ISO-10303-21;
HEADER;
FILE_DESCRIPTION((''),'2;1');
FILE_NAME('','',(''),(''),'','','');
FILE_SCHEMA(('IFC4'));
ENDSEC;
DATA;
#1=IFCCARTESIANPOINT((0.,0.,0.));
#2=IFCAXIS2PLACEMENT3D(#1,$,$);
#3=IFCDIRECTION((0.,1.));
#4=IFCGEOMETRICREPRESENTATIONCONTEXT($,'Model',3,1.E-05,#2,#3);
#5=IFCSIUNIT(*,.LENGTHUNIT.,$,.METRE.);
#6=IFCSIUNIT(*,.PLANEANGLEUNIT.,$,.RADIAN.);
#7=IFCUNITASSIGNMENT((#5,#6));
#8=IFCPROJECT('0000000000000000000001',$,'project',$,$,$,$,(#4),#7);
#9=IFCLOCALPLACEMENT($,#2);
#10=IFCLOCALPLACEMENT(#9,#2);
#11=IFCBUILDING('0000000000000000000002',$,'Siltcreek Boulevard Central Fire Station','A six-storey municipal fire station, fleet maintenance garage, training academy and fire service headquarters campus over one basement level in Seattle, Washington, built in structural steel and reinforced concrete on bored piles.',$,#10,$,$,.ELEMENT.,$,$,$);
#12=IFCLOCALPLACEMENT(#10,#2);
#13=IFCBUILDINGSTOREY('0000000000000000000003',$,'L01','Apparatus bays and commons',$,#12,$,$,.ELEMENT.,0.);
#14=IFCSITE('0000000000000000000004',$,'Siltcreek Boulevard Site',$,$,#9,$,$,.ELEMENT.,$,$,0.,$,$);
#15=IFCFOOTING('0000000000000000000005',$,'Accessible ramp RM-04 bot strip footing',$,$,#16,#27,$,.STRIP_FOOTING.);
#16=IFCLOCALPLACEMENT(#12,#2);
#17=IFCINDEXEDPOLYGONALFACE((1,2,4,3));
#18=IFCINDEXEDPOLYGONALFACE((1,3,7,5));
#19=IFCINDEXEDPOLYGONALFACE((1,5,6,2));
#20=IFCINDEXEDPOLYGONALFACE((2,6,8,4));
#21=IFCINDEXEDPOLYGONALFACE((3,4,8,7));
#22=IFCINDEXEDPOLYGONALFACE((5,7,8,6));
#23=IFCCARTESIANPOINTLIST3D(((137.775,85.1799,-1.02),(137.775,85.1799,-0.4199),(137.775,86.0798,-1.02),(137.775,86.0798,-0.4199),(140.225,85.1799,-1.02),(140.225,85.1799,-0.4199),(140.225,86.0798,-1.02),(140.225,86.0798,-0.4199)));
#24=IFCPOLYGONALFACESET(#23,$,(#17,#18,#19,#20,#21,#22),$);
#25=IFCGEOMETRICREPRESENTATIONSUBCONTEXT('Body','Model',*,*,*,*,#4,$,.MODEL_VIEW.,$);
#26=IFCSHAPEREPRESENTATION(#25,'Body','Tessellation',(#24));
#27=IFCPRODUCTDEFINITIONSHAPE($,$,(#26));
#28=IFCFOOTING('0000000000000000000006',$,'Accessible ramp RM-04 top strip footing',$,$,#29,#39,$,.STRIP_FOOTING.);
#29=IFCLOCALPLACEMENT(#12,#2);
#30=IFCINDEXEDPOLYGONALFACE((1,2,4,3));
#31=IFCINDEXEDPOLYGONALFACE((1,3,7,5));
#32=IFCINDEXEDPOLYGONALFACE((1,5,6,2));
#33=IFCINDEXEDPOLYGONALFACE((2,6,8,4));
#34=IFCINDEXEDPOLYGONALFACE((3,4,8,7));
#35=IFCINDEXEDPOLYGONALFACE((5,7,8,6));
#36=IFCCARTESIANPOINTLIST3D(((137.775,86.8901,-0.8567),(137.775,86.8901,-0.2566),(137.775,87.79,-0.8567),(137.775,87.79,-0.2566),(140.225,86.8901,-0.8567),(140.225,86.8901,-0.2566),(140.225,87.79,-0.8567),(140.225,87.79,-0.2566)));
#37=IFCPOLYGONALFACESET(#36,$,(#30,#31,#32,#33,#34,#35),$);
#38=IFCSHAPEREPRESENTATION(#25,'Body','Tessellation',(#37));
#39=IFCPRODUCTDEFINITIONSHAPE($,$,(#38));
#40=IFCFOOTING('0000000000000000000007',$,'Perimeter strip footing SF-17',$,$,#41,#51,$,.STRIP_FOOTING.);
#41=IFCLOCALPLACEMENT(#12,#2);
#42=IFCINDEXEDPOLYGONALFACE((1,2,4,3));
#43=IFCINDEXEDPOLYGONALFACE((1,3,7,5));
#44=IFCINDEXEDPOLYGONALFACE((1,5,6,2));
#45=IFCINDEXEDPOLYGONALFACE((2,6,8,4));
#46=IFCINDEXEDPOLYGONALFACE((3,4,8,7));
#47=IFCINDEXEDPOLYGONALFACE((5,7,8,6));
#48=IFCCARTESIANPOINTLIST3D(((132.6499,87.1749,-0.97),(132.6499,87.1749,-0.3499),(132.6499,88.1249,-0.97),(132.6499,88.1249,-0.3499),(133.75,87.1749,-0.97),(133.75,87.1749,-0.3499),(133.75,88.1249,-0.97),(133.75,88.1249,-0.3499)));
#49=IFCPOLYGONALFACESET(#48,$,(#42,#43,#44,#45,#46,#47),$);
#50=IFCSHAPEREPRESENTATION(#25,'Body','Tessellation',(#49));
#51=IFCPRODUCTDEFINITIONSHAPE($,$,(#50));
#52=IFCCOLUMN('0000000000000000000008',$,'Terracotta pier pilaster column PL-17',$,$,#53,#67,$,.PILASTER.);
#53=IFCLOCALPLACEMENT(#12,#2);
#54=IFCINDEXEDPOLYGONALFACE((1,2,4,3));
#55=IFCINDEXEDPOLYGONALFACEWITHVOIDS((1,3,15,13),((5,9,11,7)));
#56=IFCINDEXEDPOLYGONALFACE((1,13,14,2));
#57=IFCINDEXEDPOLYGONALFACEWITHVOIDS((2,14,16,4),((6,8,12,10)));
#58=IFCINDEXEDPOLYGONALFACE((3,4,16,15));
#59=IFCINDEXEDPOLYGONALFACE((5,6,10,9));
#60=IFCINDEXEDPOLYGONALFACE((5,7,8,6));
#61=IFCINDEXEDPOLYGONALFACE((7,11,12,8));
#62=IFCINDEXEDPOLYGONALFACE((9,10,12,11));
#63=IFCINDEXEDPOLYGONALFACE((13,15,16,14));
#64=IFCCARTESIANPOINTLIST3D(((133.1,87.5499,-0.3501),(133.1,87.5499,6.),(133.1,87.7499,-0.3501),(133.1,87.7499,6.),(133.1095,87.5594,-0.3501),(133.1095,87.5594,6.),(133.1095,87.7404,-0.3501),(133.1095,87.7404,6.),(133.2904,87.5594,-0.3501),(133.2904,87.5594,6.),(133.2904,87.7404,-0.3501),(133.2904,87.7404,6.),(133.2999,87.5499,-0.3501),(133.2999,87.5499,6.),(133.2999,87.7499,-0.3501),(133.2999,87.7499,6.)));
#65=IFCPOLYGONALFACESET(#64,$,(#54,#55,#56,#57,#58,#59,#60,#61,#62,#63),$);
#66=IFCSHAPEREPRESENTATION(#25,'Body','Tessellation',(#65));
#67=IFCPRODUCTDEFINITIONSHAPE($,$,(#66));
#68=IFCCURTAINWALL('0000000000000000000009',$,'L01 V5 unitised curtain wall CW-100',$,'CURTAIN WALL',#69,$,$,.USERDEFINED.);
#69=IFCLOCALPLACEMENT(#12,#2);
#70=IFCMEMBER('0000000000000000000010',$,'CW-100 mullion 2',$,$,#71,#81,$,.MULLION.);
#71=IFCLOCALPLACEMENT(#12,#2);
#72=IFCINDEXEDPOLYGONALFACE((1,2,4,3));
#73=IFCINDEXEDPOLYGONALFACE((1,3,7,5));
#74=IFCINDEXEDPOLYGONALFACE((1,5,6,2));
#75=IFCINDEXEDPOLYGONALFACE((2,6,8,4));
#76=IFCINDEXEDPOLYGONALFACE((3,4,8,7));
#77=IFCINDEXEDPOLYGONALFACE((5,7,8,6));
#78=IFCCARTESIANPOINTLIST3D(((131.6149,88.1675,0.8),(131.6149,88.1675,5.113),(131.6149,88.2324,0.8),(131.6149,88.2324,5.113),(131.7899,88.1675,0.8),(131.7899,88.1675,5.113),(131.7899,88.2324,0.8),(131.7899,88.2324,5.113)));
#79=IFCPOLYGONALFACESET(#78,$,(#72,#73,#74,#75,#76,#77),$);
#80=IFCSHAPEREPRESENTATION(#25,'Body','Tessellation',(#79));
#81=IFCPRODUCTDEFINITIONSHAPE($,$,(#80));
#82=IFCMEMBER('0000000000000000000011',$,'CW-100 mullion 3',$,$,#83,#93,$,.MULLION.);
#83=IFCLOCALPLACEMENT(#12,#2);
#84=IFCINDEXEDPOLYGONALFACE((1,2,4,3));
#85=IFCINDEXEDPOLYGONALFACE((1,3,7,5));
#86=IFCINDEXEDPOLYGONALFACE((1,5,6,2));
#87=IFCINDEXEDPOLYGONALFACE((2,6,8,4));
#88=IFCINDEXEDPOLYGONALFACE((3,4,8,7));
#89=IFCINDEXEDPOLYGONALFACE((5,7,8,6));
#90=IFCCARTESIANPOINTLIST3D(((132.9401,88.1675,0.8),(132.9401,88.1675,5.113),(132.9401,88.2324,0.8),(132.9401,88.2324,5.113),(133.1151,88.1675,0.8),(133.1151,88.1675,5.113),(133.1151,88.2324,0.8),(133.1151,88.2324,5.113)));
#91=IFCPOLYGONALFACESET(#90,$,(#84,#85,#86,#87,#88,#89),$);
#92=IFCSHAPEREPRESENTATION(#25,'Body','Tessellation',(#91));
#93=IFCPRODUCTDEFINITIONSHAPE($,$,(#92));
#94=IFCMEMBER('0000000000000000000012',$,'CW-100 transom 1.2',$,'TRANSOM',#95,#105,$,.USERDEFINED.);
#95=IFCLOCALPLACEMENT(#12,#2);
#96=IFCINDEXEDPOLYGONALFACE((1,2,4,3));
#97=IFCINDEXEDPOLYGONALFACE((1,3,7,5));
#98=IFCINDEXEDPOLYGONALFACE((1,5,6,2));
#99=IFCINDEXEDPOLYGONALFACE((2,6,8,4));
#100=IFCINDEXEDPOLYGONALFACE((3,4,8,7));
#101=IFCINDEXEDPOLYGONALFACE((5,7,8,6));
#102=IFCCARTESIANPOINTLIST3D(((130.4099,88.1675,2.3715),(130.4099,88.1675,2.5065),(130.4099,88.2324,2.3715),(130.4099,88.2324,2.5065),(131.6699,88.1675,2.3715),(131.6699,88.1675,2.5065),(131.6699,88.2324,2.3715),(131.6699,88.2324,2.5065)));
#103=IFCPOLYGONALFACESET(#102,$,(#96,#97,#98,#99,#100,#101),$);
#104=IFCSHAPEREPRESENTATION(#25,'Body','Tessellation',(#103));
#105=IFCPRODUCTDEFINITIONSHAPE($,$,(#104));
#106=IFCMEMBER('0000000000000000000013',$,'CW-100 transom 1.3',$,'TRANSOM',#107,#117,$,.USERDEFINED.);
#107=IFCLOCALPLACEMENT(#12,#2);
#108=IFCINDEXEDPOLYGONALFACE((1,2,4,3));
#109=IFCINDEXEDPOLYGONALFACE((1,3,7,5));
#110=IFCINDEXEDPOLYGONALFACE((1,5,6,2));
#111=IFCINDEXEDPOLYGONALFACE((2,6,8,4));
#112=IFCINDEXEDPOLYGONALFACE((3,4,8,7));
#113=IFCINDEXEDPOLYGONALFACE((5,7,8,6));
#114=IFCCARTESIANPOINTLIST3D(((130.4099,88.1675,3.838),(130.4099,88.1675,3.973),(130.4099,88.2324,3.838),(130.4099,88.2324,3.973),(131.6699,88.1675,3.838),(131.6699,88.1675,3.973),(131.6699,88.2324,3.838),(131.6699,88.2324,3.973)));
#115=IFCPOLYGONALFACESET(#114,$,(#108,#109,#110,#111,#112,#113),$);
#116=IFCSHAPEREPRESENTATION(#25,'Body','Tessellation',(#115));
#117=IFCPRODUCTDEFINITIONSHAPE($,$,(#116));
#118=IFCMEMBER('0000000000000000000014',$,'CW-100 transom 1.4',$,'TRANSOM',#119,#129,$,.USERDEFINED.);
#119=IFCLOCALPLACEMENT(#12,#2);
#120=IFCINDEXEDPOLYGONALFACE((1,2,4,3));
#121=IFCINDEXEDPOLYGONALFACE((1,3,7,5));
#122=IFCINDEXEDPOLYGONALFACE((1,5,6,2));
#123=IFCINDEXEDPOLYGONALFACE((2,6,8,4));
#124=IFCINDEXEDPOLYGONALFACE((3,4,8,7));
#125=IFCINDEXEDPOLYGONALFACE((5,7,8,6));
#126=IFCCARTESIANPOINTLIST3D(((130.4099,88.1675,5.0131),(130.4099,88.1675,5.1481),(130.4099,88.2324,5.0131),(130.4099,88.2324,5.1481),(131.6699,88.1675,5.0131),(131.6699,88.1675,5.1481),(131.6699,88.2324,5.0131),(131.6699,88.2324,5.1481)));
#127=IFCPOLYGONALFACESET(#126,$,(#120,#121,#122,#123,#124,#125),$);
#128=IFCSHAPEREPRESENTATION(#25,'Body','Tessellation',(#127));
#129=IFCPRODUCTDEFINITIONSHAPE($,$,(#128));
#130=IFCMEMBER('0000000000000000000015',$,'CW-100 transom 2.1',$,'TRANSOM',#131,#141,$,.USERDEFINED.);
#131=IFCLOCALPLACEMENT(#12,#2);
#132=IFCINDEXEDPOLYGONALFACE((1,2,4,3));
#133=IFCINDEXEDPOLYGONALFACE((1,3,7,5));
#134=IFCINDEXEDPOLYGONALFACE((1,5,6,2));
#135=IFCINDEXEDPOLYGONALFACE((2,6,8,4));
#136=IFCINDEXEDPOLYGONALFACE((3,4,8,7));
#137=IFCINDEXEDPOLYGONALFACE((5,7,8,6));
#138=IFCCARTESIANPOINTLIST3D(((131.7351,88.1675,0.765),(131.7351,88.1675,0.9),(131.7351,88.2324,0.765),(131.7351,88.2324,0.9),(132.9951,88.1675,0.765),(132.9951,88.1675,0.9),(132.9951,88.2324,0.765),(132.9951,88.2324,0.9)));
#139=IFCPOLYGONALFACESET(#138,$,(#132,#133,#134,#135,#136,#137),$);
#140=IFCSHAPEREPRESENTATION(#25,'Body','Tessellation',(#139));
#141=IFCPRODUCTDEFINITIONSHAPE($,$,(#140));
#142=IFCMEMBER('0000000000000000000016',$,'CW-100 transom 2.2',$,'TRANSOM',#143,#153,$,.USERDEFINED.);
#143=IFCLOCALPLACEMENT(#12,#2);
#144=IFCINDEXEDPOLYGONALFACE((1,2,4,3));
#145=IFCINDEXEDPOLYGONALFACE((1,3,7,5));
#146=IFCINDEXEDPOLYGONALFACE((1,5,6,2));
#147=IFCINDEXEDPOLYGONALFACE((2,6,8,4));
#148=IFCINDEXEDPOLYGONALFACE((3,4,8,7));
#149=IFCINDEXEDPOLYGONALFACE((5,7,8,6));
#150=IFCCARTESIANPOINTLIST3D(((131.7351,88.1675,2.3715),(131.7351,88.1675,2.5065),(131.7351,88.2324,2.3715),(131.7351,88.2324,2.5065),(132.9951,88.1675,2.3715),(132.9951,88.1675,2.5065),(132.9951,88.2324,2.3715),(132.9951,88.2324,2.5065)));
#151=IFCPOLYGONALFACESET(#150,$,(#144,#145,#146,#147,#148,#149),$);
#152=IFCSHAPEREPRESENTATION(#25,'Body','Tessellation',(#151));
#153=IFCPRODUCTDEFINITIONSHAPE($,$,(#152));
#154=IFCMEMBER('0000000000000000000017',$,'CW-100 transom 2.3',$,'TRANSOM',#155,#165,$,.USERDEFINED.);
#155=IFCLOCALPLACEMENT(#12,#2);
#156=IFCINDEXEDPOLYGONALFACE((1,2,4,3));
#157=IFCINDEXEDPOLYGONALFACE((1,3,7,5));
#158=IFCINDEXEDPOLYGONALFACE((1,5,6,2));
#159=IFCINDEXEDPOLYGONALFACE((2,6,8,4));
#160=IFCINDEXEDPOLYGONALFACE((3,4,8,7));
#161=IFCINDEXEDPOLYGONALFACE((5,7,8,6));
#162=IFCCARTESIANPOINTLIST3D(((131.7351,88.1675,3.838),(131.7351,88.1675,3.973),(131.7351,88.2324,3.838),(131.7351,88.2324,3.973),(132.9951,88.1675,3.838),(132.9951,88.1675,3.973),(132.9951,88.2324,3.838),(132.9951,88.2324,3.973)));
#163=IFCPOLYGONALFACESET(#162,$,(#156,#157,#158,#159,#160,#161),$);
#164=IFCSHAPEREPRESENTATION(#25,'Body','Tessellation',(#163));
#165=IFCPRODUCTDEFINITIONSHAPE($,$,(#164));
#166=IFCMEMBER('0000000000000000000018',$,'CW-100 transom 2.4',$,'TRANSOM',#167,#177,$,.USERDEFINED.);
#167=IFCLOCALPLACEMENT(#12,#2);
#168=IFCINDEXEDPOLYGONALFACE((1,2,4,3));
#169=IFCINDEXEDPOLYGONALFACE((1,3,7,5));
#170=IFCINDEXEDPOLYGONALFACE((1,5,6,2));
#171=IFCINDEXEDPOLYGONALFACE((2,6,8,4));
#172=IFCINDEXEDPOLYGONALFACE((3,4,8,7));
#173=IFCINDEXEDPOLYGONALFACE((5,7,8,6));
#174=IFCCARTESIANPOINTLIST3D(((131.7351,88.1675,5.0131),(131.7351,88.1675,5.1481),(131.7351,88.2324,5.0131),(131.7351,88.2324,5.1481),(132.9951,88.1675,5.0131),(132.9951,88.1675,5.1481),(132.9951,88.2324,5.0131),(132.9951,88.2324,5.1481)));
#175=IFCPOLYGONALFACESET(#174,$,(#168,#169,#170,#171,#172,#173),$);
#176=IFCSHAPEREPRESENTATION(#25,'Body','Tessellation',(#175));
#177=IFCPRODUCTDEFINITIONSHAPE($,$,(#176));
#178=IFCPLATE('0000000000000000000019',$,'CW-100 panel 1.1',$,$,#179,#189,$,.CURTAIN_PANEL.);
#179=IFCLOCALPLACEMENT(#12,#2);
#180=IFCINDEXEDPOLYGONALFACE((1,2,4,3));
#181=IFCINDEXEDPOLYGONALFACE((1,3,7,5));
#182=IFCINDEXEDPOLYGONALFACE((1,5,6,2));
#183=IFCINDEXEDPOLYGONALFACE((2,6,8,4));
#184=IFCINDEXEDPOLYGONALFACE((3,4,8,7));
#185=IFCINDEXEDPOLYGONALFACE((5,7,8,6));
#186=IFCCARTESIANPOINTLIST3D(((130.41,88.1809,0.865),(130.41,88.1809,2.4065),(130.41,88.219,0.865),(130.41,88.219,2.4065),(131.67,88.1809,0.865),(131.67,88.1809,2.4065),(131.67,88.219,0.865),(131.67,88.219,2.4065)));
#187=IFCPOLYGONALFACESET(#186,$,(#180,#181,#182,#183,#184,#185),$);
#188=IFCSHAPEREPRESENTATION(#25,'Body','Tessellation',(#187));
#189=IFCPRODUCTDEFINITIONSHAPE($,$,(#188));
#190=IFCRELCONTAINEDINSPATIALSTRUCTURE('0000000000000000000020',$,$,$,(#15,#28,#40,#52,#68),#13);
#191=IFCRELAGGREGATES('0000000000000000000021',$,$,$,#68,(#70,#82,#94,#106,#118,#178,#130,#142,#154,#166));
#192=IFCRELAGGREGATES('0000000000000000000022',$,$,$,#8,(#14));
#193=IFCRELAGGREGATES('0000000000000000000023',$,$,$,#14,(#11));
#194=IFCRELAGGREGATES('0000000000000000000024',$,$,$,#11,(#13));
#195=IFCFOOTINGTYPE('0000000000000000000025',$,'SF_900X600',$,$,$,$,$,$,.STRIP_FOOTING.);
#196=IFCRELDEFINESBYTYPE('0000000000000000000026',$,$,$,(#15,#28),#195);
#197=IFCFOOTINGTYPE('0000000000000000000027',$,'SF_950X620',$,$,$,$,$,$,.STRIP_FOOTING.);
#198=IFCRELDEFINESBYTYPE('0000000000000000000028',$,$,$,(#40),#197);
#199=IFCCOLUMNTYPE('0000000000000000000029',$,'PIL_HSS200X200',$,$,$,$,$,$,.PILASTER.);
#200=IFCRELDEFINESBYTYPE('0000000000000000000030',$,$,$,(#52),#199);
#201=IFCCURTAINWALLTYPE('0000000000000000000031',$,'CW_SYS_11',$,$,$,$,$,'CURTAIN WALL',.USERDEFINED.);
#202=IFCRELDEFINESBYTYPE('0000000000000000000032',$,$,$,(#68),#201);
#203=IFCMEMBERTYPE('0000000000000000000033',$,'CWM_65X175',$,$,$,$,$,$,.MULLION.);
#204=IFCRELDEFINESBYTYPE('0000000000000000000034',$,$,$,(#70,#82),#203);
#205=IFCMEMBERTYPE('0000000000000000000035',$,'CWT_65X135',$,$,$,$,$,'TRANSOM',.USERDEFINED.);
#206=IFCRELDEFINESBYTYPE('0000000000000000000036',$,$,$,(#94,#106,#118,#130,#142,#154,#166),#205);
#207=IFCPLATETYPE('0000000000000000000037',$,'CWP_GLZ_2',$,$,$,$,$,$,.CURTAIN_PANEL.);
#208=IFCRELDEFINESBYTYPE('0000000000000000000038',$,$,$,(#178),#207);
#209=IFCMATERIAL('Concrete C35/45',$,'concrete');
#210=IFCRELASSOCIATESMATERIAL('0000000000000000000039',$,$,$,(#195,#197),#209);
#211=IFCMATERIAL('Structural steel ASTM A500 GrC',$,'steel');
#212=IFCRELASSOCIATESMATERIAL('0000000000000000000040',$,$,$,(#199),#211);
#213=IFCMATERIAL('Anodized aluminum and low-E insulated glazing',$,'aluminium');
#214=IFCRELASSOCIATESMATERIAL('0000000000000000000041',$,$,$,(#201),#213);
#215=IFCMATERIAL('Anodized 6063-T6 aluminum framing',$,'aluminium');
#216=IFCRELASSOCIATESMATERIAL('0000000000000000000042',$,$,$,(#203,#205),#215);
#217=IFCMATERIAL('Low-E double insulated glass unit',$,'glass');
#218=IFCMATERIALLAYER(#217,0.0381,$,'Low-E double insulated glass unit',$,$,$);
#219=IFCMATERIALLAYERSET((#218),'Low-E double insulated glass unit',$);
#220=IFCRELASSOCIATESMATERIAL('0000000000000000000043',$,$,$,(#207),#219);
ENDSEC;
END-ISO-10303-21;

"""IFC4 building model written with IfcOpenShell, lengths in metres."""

from ifc_helpers import new_model, si_unit, direction, frame, origin, origin_2d, place, context, subcontext, project, spatial, rectangle, hollow_rectangle, extrude, material, layer, layer_set, material_profile, profile_set, type_object, element, aggregate, save


model = new_model("IFC4")

# Units and contexts
model_context = context("Model", 3, precision=1e-05, world=origin(), true_north=direction((0.0, 1.0)))
body_context = subcontext(model_context, "Body", "Model", "MODEL_VIEW")
ifc_project = project(units=[si_unit("LENGTHUNIT", "METRE"), si_unit("PLANEANGLEUNIT", "RADIAN")], contexts=[model_context])

# Site, building, storey
site_placement = place(None, origin())
site = spatial("IfcSite", under=ifc_project, at=site_placement, Name="Siltcreek Boulevard Site", CompositionType="ELEMENT", RefElevation=0.0)
building_placement = place(site_placement, origin())
building = spatial("IfcBuilding", under=site, at=building_placement, Name="Siltcreek Boulevard Central Fire Station", Description="A six-storey municipal fire station, fleet maintenance garage, training academy and fire service headquarters campus over one basement level in Seattle, Washington, built in structural steel and reinforced concrete on bored piles.", CompositionType="ELEMENT")
storey_placement = place(building_placement, origin())
storey = spatial("IfcBuildingStorey", under=building, at=storey_placement, Name="L01", Description="Apparatus bays and commons", CompositionType="ELEMENT", Elevation=0.0)

# Footings
ifc_material_1 = material(Name="Concrete C35/45", Category="concrete")
footing_type_1 = type_object("IfcFootingType", Name="SF_900X600", PredefinedType="STRIP_FOOTING", material=ifc_material_1)
for number, where, z_axis, x_axis, name in (
    (1, (139.0, 85.6299, -1.02), (0.0, 0.0, 1.0), (0.0, 1.0, 0.0), "Accessible ramp RM-04 bot strip footing"),
    (2, (139.0, 87.3401, -0.8567), (0.0, 0.0, 1.0), (0.0, 1.0, 0.0), "Accessible ramp RM-04 top strip footing"),
):
    element("IfcFooting", number, at=place(storey_placement, frame(where, z_axis=z_axis, x_axis=x_axis)), inside=storey, type_object=footing_type_1, Name=name, PredefinedType="STRIP_FOOTING", context=body_context, shape_type="SweptSolid", body=[
        extrude(rectangle(XDim=0.8999, YDim=2.45, at=origin_2d()), origin(), (0.0, 0.0, 1.0), 0.6001),
    ])
footing_type_2 = type_object("IfcFootingType", Name="SF_950X620", PredefinedType="STRIP_FOOTING", material=ifc_material_1)
footing_placement = place(storey_placement, frame((133.2, 87.6499, -0.97), z_axis=(0.0, 0.0, 1.0), x_axis=(1.0, 0.0, 0.0)))
element("IfcFooting", 3, at=footing_placement, inside=storey, type_object=footing_type_2, Name="Perimeter strip footing SF-17", PredefinedType="STRIP_FOOTING", context=body_context, shape_type="SweptSolid", body=[
    extrude(rectangle(XDim=1.1001, YDim=0.95, at=origin_2d()), origin(), (0.0, 0.0, 1.0), 0.6201),
])

# Column
ifc_material_2 = material(Name="Structural steel ASTM A500 GrC", Category="steel")
ifc_material_profile_1 = material_profile(ifc_material_2, hollow_rectangle(XDim=0.2, YDim=0.2, WallThickness=0.0095, at=origin_2d()), Name="HSS200X200X9.5")
ifc_profile_set_1 = profile_set([ifc_material_profile_1], Name="Structural steel ASTM A500 GrC")
column_type = type_object("IfcColumnType", Name="PIL_HSS200X200", PredefinedType="PILASTER", material=ifc_profile_set_1)
column_placement = place(storey_placement, frame((133.2, 87.6499, -0.3501), z_axis=(0.0, 0.0, 1.0), x_axis=(1.0, 0.0, 0.0)))
element("IfcColumn", 4, at=column_placement, inside=storey, type_object=column_type, Name="Terracotta pier pilaster column PL-17", PredefinedType="PILASTER", context=body_context, shape_type="SweptSolid", body=[
    extrude(hollow_rectangle(XDim=0.2, YDim=0.2, WallThickness=0.0095, at=origin_2d()), origin(), (0.0, 0.0, 1.0), 6.3501),
])

# Curtain wall, members, plate
ifc_material_3 = material(Name="Anodized aluminum and low-E insulated glazing", Category="aluminium")
curtain_wall_type = type_object("IfcCurtainWallType", Name="CW_SYS_11", ElementType="CURTAIN WALL", PredefinedType="USERDEFINED", material=ifc_material_3)
curtain_wall_placement = place(storey_placement, origin())
curtain_wall = element("IfcCurtainWall", 5, at=curtain_wall_placement, inside=storey, type_object=curtain_wall_type, Name="L01 V5 unitised curtain wall CW-100", ObjectType="CURTAIN WALL", PredefinedType="USERDEFINED")
ifc_material_4 = material(Name="Anodized 6063-T6 aluminum framing", Category="aluminium")
ifc_material_profile_2 = material_profile(ifc_material_4, rectangle(XDim=0.0649, YDim=0.175, at=origin_2d()), Name="MULL65X175")
ifc_profile_set_2 = profile_set([ifc_material_profile_2], Name="Anodized 6063-T6 aluminum framing")
member_type_1 = type_object("IfcMemberType", Name="CWM_65X175", PredefinedType="MULLION", material=ifc_profile_set_2)
member_1_placement = place(storey_placement, frame((131.7024, 88.2, 0.8), z_axis=(0.0, 0.0, 1.0), x_axis=(0.0, 1.0, 0.0)))
member_1 = element("IfcMember", 6, at=member_1_placement, type_object=member_type_1, Name="CW-100 mullion 2", PredefinedType="MULLION", context=body_context, shape_type="SweptSolid", body=[
    extrude(rectangle(XDim=0.0649, YDim=0.175, at=origin_2d()), origin(), (0.0, 0.0, 1.0), 4.313),
])
member_2_placement = place(storey_placement, frame((133.0276, 88.2, 0.8), z_axis=(0.0, 0.0, 1.0), x_axis=(0.0, 1.0, 0.0)))
member_2 = element("IfcMember", 7, at=member_2_placement, type_object=member_type_1, Name="CW-100 mullion 3", PredefinedType="MULLION", context=body_context, shape_type="SweptSolid", body=[
    extrude(rectangle(XDim=0.0649, YDim=0.175, at=origin_2d()), origin(), (0.0, 0.0, 1.0), 4.313),
])
ifc_material_profile_3 = material_profile(ifc_material_4, rectangle(XDim=0.0649, YDim=0.135, at=origin_2d()), Name="TRAN65X135")
ifc_profile_set_3 = profile_set([ifc_material_profile_3], Name="Anodized 6063-T6 aluminum framing")
member_type_2 = type_object("IfcMemberType", Name="CWT_65X135", ElementType="TRANSOM", PredefinedType="USERDEFINED", material=ifc_profile_set_3)
member_3_placement = place(storey_placement, frame((130.4099, 88.2, 2.439), z_axis=(1.0, 0.0, 0.0), x_axis=(0.0, 1.0, 0.0)))
member_3 = element("IfcMember", 8, at=member_3_placement, type_object=member_type_2, Name="CW-100 transom 1.2", ObjectType="TRANSOM", PredefinedType="USERDEFINED", context=body_context, shape_type="SweptSolid", body=[
    extrude(rectangle(XDim=0.0649, YDim=0.135, at=origin_2d()), origin(), (0.0, 0.0, 1.0), 1.26),
])
member_4_placement = place(storey_placement, frame((130.4099, 88.2, 3.9055), z_axis=(1.0, 0.0, 0.0), x_axis=(0.0, 1.0, 0.0)))
member_4 = element("IfcMember", 9, at=member_4_placement, type_object=member_type_2, Name="CW-100 transom 1.3", ObjectType="TRANSOM", PredefinedType="USERDEFINED", context=body_context, shape_type="SweptSolid", body=[
    extrude(rectangle(XDim=0.0649, YDim=0.135, at=origin_2d()), origin(), (0.0, 0.0, 1.0), 1.26),
])
member_5_placement = place(storey_placement, frame((130.4099, 88.2, 5.0806), z_axis=(1.0, 0.0, 0.0), x_axis=(0.0, 1.0, 0.0)))
member_5 = element("IfcMember", 10, at=member_5_placement, type_object=member_type_2, Name="CW-100 transom 1.4", ObjectType="TRANSOM", PredefinedType="USERDEFINED", context=body_context, shape_type="SweptSolid", body=[
    extrude(rectangle(XDim=0.0649, YDim=0.135, at=origin_2d()), origin(), (0.0, 0.0, 1.0), 1.26),
])
member_6_placement = place(storey_placement, frame((131.7351, 88.2, 0.8325), z_axis=(1.0, 0.0, 0.0), x_axis=(0.0, 1.0, 0.0)))
member_6 = element("IfcMember", 11, at=member_6_placement, type_object=member_type_2, Name="CW-100 transom 2.1", ObjectType="TRANSOM", PredefinedType="USERDEFINED", context=body_context, shape_type="SweptSolid", body=[
    extrude(rectangle(XDim=0.0649, YDim=0.135, at=origin_2d()), origin(), (0.0, 0.0, 1.0), 1.26),
])
member_7_placement = place(storey_placement, frame((131.7351, 88.2, 2.439), z_axis=(1.0, 0.0, 0.0), x_axis=(0.0, 1.0, 0.0)))
member_7 = element("IfcMember", 12, at=member_7_placement, type_object=member_type_2, Name="CW-100 transom 2.2", ObjectType="TRANSOM", PredefinedType="USERDEFINED", context=body_context, shape_type="SweptSolid", body=[
    extrude(rectangle(XDim=0.0649, YDim=0.135, at=origin_2d()), origin(), (0.0, 0.0, 1.0), 1.26),
])
member_8_placement = place(storey_placement, frame((131.7351, 88.2, 3.9055), z_axis=(1.0, 0.0, 0.0), x_axis=(0.0, 1.0, 0.0)))
member_8 = element("IfcMember", 13, at=member_8_placement, type_object=member_type_2, Name="CW-100 transom 2.3", ObjectType="TRANSOM", PredefinedType="USERDEFINED", context=body_context, shape_type="SweptSolid", body=[
    extrude(rectangle(XDim=0.0649, YDim=0.135, at=origin_2d()), origin(), (0.0, 0.0, 1.0), 1.26),
])
member_9_placement = place(storey_placement, frame((131.7351, 88.2, 5.0806), z_axis=(1.0, 0.0, 0.0), x_axis=(0.0, 1.0, 0.0)))
member_9 = element("IfcMember", 14, at=member_9_placement, type_object=member_type_2, Name="CW-100 transom 2.4", ObjectType="TRANSOM", PredefinedType="USERDEFINED", context=body_context, shape_type="SweptSolid", body=[
    extrude(rectangle(XDim=0.0649, YDim=0.135, at=origin_2d()), origin(), (0.0, 0.0, 1.0), 1.26),
])
ifc_material_5 = material(Name="Low-E double insulated glass unit", Category="glass")
ifc_layer_1 = layer(ifc_material_5, 0.0381, Name="Low-E double insulated glass unit")
ifc_layer_set_1 = layer_set([ifc_layer_1], Name="Low-E double insulated glass unit")
plate_type_1 = type_object("IfcPlateType", Name="CWP_GLZ_2", PredefinedType="CURTAIN_PANEL", material=ifc_layer_set_1)
plate_1_placement = place(storey_placement, frame((131.04, 88.2, 0.865), z_axis=(0.0, 0.0, 1.0), x_axis=(1.0, 0.0, 0.0)))
plate_1 = element("IfcPlate", 15, at=plate_1_placement, type_object=plate_type_1, Name="CW-100 panel 1.1", PredefinedType="CURTAIN_PANEL", context=body_context, shape_type="SweptSolid", body=[
    extrude(rectangle(XDim=1.26, YDim=0.0381, at=origin_2d()), origin(), (0.0, 0.0, 1.0), 1.5415),
])
aggregate(curtain_wall, [member_1, member_2, member_3, member_4, member_5, plate_1, member_6, member_7, member_8, member_9])

save(model, "model.ifc")
